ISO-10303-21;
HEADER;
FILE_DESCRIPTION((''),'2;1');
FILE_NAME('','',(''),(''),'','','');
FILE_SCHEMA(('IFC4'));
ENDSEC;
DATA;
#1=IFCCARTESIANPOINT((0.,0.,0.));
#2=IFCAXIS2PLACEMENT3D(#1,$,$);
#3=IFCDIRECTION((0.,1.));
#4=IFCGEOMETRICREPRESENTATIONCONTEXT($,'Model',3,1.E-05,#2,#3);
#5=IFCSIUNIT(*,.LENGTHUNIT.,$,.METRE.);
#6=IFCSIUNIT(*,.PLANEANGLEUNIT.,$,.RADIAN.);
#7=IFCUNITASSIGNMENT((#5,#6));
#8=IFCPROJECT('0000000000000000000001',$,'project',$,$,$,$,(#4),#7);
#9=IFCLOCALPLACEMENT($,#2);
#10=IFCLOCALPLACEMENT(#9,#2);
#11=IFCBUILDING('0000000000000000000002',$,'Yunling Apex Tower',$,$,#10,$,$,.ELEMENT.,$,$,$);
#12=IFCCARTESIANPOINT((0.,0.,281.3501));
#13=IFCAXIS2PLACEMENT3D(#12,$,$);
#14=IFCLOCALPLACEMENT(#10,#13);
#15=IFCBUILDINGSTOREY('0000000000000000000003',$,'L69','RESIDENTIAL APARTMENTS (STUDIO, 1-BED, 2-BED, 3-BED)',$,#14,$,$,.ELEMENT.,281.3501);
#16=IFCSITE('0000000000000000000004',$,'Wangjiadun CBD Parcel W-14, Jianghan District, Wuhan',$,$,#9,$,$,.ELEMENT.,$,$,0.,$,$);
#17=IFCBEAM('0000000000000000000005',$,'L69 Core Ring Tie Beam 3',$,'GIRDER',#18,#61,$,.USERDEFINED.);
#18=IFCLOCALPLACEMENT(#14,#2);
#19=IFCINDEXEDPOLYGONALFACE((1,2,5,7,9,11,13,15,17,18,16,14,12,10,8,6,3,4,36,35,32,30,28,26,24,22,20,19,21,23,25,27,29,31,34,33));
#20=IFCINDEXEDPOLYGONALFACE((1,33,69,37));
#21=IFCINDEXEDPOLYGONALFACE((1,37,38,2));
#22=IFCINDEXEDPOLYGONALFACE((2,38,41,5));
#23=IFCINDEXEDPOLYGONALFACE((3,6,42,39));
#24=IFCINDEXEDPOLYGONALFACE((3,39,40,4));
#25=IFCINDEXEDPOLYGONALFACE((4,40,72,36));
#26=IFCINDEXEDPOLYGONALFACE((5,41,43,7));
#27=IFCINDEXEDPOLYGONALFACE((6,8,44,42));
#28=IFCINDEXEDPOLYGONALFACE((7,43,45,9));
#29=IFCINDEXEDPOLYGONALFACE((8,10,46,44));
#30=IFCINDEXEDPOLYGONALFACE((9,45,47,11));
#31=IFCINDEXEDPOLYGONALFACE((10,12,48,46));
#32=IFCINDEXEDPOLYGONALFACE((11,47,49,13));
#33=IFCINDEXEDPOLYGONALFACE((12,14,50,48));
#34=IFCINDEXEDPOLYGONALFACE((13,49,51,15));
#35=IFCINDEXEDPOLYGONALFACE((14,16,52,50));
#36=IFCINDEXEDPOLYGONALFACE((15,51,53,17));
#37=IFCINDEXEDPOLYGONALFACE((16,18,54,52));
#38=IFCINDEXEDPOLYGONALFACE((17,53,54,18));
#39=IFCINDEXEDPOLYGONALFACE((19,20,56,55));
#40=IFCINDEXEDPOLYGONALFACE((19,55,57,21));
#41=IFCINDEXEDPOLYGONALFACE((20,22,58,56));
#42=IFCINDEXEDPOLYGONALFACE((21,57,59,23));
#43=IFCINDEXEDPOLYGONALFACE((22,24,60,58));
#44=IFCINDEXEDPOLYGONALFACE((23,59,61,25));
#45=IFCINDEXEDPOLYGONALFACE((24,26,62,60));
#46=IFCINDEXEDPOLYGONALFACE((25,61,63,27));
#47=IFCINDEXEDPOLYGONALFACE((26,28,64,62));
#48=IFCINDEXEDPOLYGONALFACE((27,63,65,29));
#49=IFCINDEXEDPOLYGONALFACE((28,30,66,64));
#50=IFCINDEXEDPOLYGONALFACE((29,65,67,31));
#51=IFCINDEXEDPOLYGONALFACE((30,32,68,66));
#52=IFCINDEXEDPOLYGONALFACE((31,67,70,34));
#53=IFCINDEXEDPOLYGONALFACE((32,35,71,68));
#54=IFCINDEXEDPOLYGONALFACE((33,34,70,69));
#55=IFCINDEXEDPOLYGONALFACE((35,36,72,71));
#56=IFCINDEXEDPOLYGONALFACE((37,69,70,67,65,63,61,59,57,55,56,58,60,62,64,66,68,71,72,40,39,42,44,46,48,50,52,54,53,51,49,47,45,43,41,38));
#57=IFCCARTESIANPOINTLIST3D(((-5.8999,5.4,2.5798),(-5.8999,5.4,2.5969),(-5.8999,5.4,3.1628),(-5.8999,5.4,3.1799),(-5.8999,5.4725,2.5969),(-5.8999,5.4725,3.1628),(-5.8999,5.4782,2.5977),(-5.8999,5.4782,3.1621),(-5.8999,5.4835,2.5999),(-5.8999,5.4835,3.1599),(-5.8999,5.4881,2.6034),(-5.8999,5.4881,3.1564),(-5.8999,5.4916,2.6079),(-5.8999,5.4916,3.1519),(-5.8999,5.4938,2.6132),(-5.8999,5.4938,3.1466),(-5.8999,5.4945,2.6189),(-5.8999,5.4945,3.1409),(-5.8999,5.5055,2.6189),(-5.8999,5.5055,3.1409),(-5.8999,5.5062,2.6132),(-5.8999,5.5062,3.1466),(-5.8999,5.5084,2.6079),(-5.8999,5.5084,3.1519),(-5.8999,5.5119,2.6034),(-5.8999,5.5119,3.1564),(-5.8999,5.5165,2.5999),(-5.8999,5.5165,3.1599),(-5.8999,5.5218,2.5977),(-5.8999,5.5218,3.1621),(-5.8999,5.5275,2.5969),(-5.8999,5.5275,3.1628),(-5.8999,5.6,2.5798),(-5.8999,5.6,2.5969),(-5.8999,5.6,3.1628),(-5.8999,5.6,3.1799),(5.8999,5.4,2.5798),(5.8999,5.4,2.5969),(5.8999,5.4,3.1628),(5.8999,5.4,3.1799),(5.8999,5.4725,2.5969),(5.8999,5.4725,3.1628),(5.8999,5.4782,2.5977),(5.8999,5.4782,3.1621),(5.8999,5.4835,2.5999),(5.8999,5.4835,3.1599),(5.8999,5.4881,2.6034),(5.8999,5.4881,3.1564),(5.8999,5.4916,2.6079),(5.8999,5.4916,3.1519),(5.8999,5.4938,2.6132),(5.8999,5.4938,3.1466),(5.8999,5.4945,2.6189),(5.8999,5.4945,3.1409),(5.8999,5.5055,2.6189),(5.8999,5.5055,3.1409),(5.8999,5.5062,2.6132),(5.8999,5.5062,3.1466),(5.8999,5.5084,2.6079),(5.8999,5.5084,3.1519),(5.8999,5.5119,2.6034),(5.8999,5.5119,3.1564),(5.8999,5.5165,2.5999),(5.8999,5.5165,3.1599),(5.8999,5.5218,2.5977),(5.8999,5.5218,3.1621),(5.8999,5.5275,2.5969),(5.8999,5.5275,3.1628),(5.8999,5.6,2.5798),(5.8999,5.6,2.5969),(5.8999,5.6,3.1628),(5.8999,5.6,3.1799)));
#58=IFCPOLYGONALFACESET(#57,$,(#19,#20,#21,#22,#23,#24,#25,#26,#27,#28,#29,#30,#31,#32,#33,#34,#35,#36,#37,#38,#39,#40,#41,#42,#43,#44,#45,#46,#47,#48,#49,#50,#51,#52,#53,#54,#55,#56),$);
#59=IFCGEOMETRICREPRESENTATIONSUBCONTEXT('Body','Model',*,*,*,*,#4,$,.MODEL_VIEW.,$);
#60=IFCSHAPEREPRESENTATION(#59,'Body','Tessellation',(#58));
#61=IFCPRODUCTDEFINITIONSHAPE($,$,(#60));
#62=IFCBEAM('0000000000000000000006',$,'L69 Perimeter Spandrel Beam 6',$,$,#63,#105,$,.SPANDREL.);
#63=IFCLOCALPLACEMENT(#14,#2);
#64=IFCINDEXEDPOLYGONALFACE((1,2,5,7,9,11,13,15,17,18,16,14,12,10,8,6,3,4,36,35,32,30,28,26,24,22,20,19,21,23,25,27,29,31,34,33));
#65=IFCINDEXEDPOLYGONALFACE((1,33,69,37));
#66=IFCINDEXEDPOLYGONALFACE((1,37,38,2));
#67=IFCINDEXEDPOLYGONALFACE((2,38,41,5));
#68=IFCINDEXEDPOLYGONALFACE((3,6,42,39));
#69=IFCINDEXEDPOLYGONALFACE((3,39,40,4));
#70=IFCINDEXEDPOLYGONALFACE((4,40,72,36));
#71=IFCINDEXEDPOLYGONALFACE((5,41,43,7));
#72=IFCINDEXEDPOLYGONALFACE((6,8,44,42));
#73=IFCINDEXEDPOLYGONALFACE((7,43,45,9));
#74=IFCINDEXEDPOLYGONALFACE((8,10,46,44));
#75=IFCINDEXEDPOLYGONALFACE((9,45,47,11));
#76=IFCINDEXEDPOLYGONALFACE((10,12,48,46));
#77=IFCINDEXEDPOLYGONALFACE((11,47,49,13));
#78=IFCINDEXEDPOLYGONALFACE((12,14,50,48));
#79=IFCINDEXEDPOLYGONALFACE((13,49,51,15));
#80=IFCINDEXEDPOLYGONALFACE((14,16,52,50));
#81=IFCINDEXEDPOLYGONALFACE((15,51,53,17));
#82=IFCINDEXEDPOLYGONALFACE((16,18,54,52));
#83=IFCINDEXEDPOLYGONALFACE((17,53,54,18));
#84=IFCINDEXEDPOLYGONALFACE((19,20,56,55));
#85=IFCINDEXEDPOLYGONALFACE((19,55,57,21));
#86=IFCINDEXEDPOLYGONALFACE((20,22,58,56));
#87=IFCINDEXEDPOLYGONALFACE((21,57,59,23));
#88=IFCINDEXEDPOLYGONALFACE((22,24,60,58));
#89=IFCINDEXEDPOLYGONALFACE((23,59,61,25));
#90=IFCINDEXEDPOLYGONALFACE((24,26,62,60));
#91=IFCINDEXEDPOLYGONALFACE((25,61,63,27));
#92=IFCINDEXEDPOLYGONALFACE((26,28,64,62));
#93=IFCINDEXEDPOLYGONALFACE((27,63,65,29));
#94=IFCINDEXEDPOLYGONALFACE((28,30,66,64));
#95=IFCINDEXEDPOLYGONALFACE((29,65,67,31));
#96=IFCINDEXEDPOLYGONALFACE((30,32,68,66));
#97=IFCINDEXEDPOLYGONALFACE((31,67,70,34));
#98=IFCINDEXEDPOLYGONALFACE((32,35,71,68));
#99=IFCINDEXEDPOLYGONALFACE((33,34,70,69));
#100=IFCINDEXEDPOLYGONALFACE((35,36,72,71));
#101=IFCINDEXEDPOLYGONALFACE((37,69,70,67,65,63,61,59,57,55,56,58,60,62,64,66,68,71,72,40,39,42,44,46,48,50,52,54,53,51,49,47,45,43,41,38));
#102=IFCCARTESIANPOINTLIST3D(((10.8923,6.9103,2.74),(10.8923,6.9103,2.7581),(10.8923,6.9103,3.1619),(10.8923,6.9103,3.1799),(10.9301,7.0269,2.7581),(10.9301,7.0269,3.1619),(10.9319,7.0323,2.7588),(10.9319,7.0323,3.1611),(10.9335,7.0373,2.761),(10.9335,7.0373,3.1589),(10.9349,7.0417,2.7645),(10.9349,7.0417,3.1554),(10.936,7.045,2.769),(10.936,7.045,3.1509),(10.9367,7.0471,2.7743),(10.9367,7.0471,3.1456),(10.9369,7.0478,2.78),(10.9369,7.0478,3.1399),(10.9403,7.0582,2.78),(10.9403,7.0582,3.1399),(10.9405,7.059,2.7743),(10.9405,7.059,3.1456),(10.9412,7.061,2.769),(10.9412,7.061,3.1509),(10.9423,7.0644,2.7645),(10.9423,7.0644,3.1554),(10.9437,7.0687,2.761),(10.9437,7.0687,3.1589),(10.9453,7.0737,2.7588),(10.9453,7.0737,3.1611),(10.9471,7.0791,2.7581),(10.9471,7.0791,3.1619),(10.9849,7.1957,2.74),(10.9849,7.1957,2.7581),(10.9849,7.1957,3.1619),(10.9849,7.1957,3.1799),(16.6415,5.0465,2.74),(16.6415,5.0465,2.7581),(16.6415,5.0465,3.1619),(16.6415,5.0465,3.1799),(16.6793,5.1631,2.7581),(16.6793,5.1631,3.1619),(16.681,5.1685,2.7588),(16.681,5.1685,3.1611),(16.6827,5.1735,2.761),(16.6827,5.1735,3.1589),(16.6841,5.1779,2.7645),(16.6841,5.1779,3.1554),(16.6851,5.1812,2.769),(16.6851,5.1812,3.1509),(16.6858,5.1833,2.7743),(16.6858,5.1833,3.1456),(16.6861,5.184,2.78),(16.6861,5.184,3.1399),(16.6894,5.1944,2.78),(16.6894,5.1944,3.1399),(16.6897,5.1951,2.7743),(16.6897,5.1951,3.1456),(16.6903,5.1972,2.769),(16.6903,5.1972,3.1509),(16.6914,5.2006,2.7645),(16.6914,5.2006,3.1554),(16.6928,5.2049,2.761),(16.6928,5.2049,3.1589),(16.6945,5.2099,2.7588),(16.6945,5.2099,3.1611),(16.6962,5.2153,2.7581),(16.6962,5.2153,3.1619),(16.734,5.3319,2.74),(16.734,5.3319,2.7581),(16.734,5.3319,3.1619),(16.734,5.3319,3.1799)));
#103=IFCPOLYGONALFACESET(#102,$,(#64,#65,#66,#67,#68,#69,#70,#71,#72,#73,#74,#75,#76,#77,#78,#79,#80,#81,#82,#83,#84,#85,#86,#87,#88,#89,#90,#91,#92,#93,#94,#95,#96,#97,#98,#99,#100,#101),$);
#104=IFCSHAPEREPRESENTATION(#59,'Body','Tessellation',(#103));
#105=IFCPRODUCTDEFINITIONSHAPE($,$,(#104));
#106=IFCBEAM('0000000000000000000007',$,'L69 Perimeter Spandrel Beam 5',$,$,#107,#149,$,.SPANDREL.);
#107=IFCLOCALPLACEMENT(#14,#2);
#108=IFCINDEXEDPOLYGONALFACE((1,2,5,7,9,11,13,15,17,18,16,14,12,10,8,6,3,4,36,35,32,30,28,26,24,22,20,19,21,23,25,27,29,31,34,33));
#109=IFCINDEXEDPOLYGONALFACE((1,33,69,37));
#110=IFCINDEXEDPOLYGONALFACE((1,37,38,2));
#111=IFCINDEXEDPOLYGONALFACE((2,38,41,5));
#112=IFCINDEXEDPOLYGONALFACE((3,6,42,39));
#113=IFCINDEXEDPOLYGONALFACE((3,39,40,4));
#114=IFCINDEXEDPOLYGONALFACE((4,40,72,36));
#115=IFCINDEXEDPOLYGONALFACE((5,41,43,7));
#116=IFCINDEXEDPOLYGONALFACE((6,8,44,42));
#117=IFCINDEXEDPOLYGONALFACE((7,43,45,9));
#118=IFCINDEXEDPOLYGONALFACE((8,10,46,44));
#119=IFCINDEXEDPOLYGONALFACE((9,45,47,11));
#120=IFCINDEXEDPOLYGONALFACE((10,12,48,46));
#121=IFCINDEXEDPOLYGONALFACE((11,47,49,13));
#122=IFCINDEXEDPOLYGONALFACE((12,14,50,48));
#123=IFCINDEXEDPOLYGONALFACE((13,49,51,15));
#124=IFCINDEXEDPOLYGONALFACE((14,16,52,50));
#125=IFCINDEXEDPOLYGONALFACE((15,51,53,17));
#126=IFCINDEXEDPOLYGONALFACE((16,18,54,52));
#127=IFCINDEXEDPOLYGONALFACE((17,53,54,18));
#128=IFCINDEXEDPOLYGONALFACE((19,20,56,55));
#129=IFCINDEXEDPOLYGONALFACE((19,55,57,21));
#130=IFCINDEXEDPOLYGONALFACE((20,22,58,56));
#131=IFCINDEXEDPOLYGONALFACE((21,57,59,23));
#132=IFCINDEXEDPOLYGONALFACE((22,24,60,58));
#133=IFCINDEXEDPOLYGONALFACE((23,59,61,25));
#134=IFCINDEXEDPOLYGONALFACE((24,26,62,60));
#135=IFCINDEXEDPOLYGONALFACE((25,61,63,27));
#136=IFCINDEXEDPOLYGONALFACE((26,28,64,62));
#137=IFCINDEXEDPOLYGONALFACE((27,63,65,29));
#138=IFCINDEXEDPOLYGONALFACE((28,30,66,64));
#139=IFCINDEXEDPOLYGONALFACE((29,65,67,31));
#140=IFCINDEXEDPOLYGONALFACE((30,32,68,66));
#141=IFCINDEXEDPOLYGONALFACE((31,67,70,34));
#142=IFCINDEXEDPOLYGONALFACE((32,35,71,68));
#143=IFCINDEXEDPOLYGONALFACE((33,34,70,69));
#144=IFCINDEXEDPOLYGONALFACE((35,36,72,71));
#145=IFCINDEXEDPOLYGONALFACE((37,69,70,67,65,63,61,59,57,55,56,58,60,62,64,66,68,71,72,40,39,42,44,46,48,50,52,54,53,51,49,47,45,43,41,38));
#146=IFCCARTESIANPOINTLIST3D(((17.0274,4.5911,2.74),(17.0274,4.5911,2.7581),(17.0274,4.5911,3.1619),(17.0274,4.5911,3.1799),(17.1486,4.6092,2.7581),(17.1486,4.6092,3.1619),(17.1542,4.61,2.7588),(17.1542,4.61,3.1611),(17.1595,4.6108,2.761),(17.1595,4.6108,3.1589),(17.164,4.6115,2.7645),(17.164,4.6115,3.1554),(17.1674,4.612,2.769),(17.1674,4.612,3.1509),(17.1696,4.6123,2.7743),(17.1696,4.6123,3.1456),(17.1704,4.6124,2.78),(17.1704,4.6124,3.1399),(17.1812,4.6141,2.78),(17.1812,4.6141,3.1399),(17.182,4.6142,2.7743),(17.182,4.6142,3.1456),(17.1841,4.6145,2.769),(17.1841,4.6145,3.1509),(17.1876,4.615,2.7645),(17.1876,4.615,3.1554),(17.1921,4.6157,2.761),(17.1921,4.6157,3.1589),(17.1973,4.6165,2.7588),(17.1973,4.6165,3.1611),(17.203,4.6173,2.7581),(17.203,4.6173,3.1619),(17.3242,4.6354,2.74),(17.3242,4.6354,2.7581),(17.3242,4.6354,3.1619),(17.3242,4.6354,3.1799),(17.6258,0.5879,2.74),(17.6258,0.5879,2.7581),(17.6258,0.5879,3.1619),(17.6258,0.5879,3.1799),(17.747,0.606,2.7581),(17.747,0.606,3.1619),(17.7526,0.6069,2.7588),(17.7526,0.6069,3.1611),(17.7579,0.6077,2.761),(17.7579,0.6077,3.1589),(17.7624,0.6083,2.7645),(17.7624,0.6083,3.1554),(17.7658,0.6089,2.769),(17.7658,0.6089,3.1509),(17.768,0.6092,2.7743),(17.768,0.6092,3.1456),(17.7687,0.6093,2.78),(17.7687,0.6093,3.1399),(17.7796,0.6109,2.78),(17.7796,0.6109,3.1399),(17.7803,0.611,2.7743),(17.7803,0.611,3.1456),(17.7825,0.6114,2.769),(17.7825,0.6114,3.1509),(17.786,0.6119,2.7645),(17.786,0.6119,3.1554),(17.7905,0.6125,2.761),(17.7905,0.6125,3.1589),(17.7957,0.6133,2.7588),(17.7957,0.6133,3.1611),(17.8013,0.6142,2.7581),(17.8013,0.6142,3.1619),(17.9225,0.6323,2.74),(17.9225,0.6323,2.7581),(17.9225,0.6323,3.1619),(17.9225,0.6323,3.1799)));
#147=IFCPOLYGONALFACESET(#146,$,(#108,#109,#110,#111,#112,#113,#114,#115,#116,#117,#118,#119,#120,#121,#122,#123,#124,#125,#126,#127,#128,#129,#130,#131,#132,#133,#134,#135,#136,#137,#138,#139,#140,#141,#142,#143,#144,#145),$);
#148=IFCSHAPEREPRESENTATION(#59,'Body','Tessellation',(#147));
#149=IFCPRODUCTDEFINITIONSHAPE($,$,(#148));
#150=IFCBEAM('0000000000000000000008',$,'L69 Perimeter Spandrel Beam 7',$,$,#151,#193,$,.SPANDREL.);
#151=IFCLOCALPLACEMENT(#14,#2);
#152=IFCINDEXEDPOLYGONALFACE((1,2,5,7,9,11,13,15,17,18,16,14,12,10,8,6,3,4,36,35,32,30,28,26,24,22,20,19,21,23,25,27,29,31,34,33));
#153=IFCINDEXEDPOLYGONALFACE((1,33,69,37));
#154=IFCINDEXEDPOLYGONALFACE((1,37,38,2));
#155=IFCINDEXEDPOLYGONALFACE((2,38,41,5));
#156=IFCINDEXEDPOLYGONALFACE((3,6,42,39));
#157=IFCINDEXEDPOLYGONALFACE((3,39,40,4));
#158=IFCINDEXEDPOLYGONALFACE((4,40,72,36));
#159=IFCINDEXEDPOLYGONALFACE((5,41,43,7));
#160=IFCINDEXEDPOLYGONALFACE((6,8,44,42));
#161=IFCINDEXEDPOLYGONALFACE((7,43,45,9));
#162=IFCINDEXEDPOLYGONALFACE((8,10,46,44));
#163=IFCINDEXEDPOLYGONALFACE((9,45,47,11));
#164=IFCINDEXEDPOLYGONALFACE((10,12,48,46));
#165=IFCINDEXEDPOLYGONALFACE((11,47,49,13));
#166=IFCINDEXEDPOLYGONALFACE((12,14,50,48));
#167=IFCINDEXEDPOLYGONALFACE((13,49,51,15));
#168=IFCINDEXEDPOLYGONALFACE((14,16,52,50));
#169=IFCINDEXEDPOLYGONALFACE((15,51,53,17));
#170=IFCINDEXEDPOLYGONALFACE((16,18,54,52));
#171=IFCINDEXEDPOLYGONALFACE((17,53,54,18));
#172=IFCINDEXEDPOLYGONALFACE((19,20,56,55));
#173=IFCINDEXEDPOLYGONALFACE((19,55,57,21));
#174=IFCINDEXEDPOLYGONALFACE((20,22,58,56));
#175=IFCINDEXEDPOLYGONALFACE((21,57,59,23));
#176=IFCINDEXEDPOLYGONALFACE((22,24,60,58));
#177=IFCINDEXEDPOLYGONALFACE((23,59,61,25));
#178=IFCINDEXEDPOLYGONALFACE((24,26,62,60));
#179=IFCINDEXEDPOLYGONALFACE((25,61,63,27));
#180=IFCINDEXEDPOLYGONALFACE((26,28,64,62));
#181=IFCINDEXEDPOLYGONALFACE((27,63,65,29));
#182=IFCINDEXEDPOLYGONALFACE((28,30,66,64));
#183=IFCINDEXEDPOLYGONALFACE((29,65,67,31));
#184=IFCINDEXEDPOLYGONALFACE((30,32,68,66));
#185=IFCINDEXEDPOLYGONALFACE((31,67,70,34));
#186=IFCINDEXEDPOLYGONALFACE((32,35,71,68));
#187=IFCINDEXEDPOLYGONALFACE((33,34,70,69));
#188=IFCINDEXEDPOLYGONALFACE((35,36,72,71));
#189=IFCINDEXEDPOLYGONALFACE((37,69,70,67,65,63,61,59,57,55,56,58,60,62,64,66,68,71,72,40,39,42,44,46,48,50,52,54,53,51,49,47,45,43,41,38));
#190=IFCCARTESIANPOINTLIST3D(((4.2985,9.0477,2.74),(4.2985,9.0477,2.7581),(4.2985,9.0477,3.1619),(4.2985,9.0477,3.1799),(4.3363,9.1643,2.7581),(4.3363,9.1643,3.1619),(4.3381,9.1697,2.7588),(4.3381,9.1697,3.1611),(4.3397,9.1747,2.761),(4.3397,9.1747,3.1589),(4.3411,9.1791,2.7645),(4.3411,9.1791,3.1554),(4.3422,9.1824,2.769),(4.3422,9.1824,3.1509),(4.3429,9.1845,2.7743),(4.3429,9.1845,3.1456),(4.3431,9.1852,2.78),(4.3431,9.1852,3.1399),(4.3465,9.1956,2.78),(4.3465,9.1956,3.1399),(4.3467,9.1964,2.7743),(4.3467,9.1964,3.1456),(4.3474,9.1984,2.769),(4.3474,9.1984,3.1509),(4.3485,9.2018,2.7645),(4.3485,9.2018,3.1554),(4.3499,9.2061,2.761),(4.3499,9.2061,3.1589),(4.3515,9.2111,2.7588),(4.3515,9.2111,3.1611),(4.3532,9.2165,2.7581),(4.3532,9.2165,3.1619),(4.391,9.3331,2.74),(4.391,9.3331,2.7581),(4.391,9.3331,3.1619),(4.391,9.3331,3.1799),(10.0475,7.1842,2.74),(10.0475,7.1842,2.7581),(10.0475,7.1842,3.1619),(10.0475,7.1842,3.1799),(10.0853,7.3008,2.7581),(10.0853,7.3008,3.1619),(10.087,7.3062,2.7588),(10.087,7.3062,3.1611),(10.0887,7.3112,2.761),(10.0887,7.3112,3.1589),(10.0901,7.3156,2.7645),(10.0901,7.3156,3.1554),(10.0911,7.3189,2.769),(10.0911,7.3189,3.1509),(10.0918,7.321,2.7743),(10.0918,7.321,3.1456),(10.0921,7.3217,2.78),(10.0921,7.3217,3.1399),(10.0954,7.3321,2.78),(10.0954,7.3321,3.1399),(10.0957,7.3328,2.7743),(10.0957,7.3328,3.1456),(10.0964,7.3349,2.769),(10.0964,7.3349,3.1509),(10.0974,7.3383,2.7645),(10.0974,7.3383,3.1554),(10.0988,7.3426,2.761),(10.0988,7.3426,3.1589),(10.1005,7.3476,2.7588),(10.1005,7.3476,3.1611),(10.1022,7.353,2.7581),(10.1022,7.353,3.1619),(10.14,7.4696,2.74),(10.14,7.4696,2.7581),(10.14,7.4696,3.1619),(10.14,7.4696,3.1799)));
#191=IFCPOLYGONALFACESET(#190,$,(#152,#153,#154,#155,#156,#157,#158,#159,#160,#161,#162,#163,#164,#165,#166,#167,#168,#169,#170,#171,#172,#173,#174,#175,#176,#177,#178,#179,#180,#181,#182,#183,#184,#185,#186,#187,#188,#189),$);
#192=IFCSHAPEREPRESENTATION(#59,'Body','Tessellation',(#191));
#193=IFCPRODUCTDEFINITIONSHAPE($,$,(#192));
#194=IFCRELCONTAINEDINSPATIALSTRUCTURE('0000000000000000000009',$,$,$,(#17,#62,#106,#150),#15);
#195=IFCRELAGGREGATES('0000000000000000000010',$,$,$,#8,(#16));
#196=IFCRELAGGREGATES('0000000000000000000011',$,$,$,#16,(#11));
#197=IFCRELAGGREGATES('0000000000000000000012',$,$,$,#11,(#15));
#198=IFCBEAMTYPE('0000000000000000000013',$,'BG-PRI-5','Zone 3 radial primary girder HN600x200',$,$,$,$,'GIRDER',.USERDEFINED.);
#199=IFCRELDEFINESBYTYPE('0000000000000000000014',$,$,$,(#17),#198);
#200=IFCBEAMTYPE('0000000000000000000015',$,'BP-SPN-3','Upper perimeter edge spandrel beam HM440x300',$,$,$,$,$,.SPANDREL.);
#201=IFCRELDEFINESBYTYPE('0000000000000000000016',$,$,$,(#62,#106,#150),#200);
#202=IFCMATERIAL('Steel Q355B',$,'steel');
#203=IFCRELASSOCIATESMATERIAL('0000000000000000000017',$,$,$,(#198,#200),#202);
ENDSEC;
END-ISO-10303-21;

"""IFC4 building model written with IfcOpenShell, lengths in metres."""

from ifc_helpers import new_model, si_unit, direction, frame, origin, origin_2d, place, context, subcontext, project, spatial, i_section, extrude, source, transform, mapped, material, material_profile, profile_set, type_object, element, save


model = new_model("IFC4")

# Units and contexts
model_context = context("Model", 3, precision=1e-05, world=origin(), true_north=direction((0.0, 1.0)))
body_context = subcontext(model_context, "Body", "Model", "MODEL_VIEW")
ifc_project = project(units=[si_unit("LENGTHUNIT", "METRE"), si_unit("PLANEANGLEUNIT", "RADIAN")], contexts=[model_context])

# Site, building, storey
site_placement = place(None, origin())
site = spatial("IfcSite", under=ifc_project, at=site_placement, Name="Wangjiadun CBD Parcel W-14, Jianghan District, Wuhan", CompositionType="ELEMENT", RefElevation=0.0)
building_placement = place(site_placement, origin())
building = spatial("IfcBuilding", under=site, at=building_placement, Name="Yunling Apex Tower", CompositionType="ELEMENT")
storey_placement = place(building_placement, frame((0.0, 0.0, 281.3501)))
storey = spatial("IfcBuildingStorey", under=building, at=storey_placement, Name="L69", Description="RESIDENTIAL APARTMENTS (STUDIO, 1-BED, 2-BED, 3-BED)", CompositionType="ELEMENT", Elevation=281.3501)

# Shared definitions
ifc_material_1 = material(Name="Steel Q355B", Category="steel")

# Beams
ifc_material_profile_1 = material_profile(ifc_material_1, i_section(OverallWidth=0.2, OverallDepth=0.6001, WebThickness=0.011, FlangeThickness=0.0171, FilletRadius=0.022, at=origin_2d()))
ifc_profile_set_1 = profile_set([ifc_material_profile_1], Name="Steel Q355B")
beam_type_1 = type_object("IfcBeamType", Name="BG-PRI-5", Description="Zone 3 radial primary girder HN600x200", ElementType="GIRDER", PredefinedType="USERDEFINED", material=ifc_profile_set_1)
shared_shape_1 = source(origin(), body_context, "Body", "SweptSolid", [
    extrude(i_section(OverallWidth=0.2, OverallDepth=0.6001, WebThickness=0.011, FlangeThickness=0.0171, FilletRadius=0.022, at=origin_2d()), origin(), (0.0, 0.0, 1.0), 11.7998),
])
beam_1_placement = place(storey_placement, frame((5.8999, 5.5, 2.8799), z_axis=(-1.0, 0.0, 0.0), x_axis=(0.0, -1.0, 0.0)))
element("IfcBeam", 1, at=beam_1_placement, inside=storey, type_object=beam_type_1, Name="L69 Core Ring Tie Beam 3", ObjectType="GIRDER", PredefinedType="USERDEFINED", context=body_context, shape_type="MappedRepresentation", body=[
    mapped(shared_shape_1, transform((0.0, 0.0, 0.0), scale=1.0)),
])
ifc_material_profile_2 = material_profile(ifc_material_1, i_section(OverallWidth=0.3, OverallDepth=0.4399, WebThickness=0.011, FlangeThickness=0.0181, FilletRadius=0.022, at=origin_2d()))
ifc_profile_set_2 = profile_set([ifc_material_profile_2], Name="Steel Q355B")
beam_type_2 = type_object("IfcBeamType", Name="BP-SPN-3", Description="Upper perimeter edge spandrel beam HM440x300", PredefinedType="SPANDREL", material=ifc_profile_set_2)
shared_shape_2 = source(origin(), body_context, "Body", "SweptSolid", [
    extrude(i_section(OverallWidth=0.3, OverallDepth=0.4399, WebThickness=0.011, FlangeThickness=0.0181, FilletRadius=0.022, at=origin_2d()), origin(), (0.0, 0.0, 1.0), 6.0437),
])
beam_2_placement = place(storey_placement, frame((16.6877, 5.1892, 2.96), z_axis=(-0.951261, 0.308388, 0.0), x_axis=(-0.308388, -0.951261, 0.0)))
element("IfcBeam", 2, at=beam_2_placement, inside=storey, type_object=beam_type_2, Name="L69 Perimeter Spandrel Beam 6", PredefinedType="SPANDREL", context=body_context, shape_type="MappedRepresentation", body=[
    mapped(shared_shape_2, transform((0.0, 0.0, 0.0), scale=1.0)),
])
shared_shape_3 = source(origin(), body_context, "Body", "SweptSolid", [
    extrude(i_section(OverallWidth=0.3, OverallDepth=0.4399, WebThickness=0.011, FlangeThickness=0.0181, FilletRadius=0.022, at=origin_2d()), origin(), (0.0, 0.0, 1.0), 4.0476),
])
beam_3_placement = place(storey_placement, frame((17.7742, 0.6101, 2.96), z_axis=(-0.147836, 0.989012, 0.0), x_axis=(-0.989012, -0.147836, 0.0)))
element("IfcBeam", 3, at=beam_3_placement, inside=storey, type_object=beam_type_2, Name="L69 Perimeter Spandrel Beam 5", PredefinedType="SPANDREL", context=body_context, shape_type="MappedRepresentation", body=[
    mapped(shared_shape_3, transform((0.0, 0.0, 0.0), scale=1.0)),
])
shared_shape_4 = source(origin(), body_context, "Body", "SweptSolid", [
    extrude(i_section(OverallWidth=0.3, OverallDepth=0.4399, WebThickness=0.011, FlangeThickness=0.0181, FilletRadius=0.022, at=origin_2d()), origin(), (0.0, 0.0, 1.0), 6.0435),
])
beam_4_placement = place(storey_placement, frame((10.0938, 7.3269, 2.96), z_axis=(-0.951272, 0.308352, 0.0), x_axis=(-0.308352, -0.951272, 0.0)))
element("IfcBeam", 4, at=beam_4_placement, inside=storey, type_object=beam_type_2, Name="L69 Perimeter Spandrel Beam 7", PredefinedType="SPANDREL", context=body_context, shape_type="MappedRepresentation", body=[
    mapped(shared_shape_4, transform((0.0, 0.0, 0.0), scale=1.0)),
])

save(model, "model.ifc")
